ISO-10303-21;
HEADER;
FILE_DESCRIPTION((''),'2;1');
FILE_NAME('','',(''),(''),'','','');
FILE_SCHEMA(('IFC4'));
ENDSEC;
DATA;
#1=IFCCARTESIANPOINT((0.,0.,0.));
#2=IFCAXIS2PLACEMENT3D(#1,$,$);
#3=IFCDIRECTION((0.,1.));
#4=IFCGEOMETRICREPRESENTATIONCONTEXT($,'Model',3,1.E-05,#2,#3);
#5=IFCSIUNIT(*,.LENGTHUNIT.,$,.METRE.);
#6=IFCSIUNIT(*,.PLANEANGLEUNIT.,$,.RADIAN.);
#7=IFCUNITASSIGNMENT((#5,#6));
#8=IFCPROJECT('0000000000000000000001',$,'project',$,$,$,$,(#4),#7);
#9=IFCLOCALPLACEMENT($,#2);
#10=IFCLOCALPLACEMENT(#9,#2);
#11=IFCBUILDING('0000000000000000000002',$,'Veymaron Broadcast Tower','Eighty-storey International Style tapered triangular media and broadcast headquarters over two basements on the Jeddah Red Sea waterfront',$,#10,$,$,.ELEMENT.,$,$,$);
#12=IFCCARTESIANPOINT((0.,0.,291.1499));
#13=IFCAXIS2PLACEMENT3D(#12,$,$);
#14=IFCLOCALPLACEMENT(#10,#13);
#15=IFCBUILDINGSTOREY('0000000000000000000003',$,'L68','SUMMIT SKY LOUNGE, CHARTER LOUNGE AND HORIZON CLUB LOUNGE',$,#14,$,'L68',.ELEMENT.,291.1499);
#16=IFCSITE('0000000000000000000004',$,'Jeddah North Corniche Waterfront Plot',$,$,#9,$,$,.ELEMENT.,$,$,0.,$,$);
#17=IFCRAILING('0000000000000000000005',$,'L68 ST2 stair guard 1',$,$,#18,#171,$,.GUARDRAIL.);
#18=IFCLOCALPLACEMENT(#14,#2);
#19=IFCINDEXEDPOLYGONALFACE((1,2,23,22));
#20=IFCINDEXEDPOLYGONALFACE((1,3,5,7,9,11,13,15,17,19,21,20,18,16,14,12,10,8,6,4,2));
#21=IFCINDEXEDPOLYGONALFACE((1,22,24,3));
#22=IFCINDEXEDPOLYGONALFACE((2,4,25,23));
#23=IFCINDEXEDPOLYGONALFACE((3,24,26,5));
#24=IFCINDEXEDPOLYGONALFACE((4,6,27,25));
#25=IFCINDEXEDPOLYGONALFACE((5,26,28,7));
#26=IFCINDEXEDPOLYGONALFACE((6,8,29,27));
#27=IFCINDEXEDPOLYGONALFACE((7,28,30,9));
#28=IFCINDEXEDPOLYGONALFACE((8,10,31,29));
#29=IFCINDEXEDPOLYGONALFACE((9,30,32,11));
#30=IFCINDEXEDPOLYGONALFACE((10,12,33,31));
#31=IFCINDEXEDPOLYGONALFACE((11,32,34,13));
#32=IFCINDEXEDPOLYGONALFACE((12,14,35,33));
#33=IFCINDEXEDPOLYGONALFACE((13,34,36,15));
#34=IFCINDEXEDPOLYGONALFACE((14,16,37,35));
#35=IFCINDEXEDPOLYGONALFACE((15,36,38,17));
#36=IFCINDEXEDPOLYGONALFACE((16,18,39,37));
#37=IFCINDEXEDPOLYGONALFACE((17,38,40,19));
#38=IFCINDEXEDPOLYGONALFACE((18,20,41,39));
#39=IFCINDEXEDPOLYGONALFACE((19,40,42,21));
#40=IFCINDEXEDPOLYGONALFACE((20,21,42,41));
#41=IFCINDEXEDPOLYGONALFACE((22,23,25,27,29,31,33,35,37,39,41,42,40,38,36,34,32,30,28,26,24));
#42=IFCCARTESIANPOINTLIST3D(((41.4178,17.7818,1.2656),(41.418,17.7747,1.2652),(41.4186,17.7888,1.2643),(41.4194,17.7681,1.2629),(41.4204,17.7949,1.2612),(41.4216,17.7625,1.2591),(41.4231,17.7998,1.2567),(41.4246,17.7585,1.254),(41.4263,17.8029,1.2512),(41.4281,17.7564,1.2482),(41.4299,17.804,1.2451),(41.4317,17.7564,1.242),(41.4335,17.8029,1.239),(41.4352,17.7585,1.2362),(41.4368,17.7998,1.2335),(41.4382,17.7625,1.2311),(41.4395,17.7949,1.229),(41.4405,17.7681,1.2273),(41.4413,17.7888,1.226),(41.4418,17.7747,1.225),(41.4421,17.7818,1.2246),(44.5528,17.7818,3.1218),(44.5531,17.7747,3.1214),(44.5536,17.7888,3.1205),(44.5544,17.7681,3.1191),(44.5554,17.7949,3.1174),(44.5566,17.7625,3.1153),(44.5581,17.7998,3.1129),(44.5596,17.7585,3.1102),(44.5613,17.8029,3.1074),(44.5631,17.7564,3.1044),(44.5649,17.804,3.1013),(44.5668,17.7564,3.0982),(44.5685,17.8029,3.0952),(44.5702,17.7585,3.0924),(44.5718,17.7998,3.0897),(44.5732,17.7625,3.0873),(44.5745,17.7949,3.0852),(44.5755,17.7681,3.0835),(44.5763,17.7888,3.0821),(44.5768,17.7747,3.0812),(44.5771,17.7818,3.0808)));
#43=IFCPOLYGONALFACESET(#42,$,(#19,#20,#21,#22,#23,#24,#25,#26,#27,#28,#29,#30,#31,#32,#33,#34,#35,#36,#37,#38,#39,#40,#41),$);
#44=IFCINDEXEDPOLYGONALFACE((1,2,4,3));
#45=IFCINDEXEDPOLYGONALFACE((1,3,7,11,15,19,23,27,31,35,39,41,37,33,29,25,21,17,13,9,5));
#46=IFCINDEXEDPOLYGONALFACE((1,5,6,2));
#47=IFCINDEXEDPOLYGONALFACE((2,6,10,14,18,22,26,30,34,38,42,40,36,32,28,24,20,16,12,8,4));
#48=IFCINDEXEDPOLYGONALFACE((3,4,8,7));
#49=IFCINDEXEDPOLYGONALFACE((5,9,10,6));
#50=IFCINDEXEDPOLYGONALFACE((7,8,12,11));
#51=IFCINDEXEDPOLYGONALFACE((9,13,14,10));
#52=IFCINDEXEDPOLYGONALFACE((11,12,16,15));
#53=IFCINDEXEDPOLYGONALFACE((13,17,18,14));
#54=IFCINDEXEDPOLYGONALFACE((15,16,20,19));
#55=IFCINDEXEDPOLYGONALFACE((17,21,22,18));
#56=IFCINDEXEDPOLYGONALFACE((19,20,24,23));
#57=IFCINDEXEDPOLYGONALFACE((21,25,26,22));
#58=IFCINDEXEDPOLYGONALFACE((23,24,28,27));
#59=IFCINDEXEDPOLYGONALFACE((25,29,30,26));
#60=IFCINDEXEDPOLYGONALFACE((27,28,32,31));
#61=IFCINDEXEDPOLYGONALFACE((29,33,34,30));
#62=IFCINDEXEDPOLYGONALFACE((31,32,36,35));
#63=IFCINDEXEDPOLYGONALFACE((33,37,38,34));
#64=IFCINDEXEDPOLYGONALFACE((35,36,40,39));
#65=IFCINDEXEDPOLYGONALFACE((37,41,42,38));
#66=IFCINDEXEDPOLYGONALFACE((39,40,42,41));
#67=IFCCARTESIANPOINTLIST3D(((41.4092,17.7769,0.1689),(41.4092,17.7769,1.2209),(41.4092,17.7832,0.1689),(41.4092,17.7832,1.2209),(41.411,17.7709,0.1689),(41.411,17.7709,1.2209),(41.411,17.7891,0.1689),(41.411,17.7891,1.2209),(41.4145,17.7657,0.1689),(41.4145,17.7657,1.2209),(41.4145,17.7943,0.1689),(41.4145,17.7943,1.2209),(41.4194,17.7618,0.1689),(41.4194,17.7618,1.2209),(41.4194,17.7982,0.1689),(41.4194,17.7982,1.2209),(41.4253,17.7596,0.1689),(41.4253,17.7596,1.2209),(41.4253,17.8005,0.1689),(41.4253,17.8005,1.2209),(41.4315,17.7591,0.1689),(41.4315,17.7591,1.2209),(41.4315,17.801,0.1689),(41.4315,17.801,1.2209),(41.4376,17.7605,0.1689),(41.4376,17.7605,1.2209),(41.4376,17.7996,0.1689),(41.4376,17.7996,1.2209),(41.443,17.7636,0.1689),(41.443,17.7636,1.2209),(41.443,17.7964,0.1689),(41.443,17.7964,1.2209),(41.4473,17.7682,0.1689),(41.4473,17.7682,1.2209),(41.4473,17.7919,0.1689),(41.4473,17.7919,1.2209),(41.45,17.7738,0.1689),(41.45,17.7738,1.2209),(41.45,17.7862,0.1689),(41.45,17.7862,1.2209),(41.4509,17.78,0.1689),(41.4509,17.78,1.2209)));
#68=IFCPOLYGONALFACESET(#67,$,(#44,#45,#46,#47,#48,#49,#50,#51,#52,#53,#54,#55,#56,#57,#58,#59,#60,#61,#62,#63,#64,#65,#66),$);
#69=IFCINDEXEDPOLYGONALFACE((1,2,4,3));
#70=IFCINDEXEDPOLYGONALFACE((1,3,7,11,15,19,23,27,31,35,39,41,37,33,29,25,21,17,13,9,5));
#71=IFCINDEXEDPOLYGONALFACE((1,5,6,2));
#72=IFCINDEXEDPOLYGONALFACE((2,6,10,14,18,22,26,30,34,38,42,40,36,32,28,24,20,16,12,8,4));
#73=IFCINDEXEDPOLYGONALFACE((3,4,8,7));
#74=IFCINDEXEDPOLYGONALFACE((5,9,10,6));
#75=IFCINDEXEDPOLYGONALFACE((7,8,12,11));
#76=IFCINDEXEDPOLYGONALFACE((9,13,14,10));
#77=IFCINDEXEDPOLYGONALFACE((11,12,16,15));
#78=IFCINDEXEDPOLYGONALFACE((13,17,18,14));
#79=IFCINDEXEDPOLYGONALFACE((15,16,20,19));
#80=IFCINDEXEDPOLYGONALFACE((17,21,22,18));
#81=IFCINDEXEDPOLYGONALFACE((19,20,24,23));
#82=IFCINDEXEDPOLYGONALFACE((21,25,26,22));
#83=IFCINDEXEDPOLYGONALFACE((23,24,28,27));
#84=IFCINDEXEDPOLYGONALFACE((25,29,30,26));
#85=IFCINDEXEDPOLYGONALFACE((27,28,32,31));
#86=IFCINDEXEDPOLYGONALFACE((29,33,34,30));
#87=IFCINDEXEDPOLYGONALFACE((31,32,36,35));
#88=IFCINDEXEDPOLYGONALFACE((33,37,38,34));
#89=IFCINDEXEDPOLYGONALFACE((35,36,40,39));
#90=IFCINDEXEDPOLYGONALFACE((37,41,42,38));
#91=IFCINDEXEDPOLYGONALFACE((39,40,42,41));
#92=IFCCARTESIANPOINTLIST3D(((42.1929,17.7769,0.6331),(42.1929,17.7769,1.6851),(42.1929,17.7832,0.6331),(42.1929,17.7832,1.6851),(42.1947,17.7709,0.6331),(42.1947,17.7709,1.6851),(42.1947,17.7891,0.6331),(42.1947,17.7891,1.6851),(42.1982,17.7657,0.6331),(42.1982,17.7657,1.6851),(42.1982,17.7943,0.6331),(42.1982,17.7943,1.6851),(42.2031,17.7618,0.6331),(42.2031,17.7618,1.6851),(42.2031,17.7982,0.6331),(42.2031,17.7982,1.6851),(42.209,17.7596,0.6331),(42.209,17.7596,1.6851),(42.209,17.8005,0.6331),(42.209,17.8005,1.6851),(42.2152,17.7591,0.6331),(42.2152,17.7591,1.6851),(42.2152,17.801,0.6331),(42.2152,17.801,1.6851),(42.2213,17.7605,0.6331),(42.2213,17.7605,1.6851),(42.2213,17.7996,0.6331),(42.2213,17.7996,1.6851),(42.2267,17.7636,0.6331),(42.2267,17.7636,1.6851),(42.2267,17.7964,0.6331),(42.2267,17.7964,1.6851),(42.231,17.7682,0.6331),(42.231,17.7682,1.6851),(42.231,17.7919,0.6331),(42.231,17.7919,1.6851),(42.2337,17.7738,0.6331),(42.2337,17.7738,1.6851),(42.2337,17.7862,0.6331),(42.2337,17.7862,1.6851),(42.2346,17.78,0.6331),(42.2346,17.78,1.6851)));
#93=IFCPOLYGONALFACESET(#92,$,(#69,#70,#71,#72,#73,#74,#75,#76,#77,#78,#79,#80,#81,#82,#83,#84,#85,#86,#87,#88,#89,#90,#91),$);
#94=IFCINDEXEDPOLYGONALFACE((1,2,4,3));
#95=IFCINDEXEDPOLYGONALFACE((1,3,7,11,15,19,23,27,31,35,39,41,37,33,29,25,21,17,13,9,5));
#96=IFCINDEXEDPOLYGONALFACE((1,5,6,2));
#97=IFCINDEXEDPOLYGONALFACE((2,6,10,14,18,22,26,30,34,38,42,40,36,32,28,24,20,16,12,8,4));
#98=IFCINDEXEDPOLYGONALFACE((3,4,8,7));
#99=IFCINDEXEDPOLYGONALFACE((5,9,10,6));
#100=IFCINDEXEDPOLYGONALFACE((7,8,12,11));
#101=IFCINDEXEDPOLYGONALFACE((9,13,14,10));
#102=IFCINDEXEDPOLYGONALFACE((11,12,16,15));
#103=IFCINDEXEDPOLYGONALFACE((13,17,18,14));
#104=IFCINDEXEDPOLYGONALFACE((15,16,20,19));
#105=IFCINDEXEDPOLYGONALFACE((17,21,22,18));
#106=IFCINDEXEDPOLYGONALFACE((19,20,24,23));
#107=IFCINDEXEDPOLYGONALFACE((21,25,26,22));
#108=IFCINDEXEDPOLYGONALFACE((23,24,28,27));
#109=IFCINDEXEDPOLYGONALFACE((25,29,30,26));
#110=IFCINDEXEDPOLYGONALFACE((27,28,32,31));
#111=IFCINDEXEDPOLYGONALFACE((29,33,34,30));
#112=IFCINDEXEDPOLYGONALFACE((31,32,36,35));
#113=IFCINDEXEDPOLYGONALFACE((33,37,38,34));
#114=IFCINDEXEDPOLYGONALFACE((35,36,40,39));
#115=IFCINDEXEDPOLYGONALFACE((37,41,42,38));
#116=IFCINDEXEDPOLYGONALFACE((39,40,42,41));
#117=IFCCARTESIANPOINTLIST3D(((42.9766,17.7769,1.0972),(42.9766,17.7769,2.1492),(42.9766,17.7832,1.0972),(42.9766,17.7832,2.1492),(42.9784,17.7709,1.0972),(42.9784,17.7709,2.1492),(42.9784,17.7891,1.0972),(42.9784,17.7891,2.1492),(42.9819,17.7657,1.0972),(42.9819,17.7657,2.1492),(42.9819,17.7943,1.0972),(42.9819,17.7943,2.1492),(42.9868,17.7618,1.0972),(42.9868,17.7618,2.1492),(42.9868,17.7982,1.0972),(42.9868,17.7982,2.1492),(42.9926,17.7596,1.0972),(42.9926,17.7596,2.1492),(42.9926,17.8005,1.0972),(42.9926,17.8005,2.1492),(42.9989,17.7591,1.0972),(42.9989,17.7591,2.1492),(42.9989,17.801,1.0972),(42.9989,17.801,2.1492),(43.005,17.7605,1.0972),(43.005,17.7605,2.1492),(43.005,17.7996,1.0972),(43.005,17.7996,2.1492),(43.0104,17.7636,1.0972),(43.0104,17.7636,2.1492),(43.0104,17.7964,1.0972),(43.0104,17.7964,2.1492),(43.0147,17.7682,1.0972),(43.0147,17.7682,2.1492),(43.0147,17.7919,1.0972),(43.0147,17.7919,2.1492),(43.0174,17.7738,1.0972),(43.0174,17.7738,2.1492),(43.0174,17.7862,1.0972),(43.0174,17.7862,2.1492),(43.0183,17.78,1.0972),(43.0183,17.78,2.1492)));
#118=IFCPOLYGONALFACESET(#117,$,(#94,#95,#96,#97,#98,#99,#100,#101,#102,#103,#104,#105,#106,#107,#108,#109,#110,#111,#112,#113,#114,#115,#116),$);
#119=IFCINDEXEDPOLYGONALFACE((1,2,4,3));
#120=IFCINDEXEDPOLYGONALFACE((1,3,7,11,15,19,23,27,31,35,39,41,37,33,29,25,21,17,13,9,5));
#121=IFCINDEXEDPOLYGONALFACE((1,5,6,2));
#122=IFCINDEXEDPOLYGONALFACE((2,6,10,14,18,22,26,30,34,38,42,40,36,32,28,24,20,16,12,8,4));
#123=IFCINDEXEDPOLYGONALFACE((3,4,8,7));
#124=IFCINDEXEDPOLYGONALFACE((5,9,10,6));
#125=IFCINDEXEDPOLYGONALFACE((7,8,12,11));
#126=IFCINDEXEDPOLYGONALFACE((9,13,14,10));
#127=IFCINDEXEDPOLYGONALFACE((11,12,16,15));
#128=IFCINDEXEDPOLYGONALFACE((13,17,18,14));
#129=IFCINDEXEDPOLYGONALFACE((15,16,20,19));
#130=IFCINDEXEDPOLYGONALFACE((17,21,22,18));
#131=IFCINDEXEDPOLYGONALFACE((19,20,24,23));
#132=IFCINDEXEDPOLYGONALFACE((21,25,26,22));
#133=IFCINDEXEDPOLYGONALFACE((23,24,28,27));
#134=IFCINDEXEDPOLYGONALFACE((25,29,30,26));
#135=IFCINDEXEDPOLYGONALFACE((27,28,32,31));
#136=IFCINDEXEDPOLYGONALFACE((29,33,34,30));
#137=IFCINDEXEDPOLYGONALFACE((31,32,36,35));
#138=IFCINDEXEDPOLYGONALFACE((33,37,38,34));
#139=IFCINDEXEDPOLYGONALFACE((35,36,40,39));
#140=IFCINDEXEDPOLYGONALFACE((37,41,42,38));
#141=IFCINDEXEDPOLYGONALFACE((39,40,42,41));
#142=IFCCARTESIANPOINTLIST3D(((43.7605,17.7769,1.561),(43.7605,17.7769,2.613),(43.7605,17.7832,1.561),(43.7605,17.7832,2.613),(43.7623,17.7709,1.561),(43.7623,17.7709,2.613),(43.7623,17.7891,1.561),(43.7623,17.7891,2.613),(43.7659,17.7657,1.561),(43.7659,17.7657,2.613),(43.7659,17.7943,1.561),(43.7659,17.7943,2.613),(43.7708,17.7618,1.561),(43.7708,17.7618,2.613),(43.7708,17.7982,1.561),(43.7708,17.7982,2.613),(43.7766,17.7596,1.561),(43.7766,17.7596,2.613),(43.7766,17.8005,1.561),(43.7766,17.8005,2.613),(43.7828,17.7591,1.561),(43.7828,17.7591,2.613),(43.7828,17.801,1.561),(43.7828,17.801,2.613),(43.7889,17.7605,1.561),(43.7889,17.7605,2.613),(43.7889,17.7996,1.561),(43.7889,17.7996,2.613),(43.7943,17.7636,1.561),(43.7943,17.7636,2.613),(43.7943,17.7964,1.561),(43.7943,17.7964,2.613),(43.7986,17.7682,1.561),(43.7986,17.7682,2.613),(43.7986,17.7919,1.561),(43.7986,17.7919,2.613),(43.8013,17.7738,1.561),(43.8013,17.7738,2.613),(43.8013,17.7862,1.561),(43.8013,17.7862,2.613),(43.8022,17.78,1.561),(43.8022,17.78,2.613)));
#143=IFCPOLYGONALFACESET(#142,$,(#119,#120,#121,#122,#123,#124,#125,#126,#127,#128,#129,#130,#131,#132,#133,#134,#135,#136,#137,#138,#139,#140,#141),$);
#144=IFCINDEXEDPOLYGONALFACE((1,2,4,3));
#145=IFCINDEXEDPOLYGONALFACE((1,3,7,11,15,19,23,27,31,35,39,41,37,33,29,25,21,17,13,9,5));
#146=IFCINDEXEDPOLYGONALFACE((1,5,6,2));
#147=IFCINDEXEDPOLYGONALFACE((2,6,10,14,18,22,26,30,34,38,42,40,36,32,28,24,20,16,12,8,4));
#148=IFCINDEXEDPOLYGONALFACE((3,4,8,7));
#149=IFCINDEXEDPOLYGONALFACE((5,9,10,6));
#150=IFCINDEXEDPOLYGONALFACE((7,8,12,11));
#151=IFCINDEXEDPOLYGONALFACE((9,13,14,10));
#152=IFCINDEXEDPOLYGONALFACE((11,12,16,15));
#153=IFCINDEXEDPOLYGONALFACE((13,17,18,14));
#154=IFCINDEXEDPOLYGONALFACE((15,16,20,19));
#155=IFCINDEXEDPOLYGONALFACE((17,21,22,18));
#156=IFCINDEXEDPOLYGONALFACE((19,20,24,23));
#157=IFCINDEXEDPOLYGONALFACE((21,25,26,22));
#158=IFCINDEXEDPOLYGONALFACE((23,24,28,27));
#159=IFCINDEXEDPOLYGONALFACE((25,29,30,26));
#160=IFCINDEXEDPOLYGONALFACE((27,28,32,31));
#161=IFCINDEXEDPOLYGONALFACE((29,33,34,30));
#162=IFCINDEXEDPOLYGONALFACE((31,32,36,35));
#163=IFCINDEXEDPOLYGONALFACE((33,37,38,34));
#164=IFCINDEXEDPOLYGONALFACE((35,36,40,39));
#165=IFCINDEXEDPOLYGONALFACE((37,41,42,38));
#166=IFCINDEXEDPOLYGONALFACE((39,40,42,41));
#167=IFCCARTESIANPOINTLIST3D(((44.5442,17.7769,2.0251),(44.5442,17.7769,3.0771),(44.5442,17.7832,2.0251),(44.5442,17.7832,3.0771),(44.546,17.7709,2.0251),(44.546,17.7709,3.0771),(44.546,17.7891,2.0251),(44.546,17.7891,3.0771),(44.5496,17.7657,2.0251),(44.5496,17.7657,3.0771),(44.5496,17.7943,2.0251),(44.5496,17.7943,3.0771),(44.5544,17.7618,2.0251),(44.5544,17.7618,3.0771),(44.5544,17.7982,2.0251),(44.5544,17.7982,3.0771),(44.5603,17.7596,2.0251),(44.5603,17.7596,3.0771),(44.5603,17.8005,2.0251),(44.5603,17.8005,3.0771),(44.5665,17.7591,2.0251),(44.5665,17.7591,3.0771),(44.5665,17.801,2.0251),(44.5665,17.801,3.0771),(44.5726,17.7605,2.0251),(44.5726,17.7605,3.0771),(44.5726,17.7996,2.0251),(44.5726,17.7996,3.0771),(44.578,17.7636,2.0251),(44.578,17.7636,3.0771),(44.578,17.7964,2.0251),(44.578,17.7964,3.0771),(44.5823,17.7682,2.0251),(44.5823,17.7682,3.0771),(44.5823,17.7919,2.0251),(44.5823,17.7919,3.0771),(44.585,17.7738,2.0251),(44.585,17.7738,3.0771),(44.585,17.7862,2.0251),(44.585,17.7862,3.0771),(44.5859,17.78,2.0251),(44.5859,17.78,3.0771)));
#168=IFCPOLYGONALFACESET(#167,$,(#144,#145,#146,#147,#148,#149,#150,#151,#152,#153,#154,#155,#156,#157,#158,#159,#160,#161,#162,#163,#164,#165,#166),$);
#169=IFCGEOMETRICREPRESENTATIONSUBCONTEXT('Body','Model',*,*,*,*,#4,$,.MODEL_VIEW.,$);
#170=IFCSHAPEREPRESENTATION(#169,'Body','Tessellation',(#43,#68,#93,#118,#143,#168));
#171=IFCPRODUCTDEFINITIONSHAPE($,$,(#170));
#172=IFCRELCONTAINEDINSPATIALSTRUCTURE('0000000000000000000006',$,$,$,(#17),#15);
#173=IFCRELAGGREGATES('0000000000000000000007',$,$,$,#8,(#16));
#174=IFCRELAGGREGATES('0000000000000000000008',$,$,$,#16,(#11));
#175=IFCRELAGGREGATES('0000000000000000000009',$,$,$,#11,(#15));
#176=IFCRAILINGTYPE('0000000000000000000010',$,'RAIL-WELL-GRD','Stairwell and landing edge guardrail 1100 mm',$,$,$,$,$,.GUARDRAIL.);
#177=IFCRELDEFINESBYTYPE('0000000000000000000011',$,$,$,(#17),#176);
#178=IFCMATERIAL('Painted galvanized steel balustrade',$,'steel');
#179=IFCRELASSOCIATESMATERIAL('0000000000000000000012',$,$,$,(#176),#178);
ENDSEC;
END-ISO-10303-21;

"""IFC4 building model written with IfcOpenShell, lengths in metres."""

from ifc_helpers import new_model, si_unit, direction, frame, origin, origin_2d, place, context, subcontext, project, spatial, circle, extrude, material, type_object, element, save


model = new_model("IFC4")

# Units and contexts
model_context = context("Model", 3, precision=1e-05, world=origin(), true_north=direction((0.0, 1.0)))
body_context = subcontext(model_context, "Body", "Model", "MODEL_VIEW")
ifc_project = project(units=[si_unit("LENGTHUNIT", "METRE"), si_unit("PLANEANGLEUNIT", "RADIAN")], contexts=[model_context])

# Site, building, storey
site_placement = place(None, origin())
site = spatial("IfcSite", under=ifc_project, at=site_placement, Name="Jeddah North Corniche Waterfront Plot", CompositionType="ELEMENT", RefElevation=0.0)
building_placement = place(site_placement, origin())
building = spatial("IfcBuilding", under=site, at=building_placement, Name="Veymaron Broadcast Tower", Description="Eighty-storey International Style tapered triangular media and broadcast headquarters over two basements on the Jeddah Red Sea waterfront", CompositionType="ELEMENT")
storey_placement = place(building_placement, frame((0.0, 0.0, 291.1499)))
storey = spatial("IfcBuildingStorey", under=building, at=storey_placement, Name="L68", Description="SUMMIT SKY LOUNGE, CHARTER LOUNGE AND HORIZON CLUB LOUNGE", LongName="L68", CompositionType="ELEMENT", Elevation=291.1499)

# Railing
ifc_material_1 = material(Name="Painted galvanized steel balustrade", Category="steel")
railing_type_1 = type_object("IfcRailingType", Name="RAIL-WELL-GRD", Description="Stairwell and landing edge guardrail 1100 mm", PredefinedType="GUARDRAIL", material=ifc_material_1)
railing_1_placement = place(storey_placement, frame((41.4299, 17.78, 0.1689)))
element("IfcRailing", 1, at=railing_1_placement, inside=storey, type_object=railing_type_1, Name="L68 ST2 stair guard 1", PredefinedType="GUARDRAIL", context=body_context, shape_type="SweptSolid", body=[
    extrude(circle(Radius=0.0239, at=origin_2d()), frame((0.0, 0.0, 1.0762), z_axis=(0.860482, 0.0, 0.509481), x_axis=(0.0, 1.0, 0.0)), (0.0, 0.0, 1.0), 3.6433),
    extrude(circle(Radius=0.021, at=origin_2d()), origin(), (0.0, 0.0, 1.0), 1.052),
    extrude(circle(Radius=0.021, at=origin_2d()), frame((0.7837, 0.0, 0.4641)), (0.0, 0.0, 1.0), 1.052),
    extrude(circle(Radius=0.021, at=origin_2d()), frame((1.5674, 0.0, 0.9282)), (0.0, 0.0, 1.0), 1.052),
    extrude(circle(Radius=0.021, at=origin_2d()), frame((2.3513, 0.0, 1.3921)), (0.0, 0.0, 1.0), 1.052),
    extrude(circle(Radius=0.021, at=origin_2d()), frame((3.135, 0.0, 1.8562)), (0.0, 0.0, 1.0), 1.052),
])

save(model, "model.ifc")
